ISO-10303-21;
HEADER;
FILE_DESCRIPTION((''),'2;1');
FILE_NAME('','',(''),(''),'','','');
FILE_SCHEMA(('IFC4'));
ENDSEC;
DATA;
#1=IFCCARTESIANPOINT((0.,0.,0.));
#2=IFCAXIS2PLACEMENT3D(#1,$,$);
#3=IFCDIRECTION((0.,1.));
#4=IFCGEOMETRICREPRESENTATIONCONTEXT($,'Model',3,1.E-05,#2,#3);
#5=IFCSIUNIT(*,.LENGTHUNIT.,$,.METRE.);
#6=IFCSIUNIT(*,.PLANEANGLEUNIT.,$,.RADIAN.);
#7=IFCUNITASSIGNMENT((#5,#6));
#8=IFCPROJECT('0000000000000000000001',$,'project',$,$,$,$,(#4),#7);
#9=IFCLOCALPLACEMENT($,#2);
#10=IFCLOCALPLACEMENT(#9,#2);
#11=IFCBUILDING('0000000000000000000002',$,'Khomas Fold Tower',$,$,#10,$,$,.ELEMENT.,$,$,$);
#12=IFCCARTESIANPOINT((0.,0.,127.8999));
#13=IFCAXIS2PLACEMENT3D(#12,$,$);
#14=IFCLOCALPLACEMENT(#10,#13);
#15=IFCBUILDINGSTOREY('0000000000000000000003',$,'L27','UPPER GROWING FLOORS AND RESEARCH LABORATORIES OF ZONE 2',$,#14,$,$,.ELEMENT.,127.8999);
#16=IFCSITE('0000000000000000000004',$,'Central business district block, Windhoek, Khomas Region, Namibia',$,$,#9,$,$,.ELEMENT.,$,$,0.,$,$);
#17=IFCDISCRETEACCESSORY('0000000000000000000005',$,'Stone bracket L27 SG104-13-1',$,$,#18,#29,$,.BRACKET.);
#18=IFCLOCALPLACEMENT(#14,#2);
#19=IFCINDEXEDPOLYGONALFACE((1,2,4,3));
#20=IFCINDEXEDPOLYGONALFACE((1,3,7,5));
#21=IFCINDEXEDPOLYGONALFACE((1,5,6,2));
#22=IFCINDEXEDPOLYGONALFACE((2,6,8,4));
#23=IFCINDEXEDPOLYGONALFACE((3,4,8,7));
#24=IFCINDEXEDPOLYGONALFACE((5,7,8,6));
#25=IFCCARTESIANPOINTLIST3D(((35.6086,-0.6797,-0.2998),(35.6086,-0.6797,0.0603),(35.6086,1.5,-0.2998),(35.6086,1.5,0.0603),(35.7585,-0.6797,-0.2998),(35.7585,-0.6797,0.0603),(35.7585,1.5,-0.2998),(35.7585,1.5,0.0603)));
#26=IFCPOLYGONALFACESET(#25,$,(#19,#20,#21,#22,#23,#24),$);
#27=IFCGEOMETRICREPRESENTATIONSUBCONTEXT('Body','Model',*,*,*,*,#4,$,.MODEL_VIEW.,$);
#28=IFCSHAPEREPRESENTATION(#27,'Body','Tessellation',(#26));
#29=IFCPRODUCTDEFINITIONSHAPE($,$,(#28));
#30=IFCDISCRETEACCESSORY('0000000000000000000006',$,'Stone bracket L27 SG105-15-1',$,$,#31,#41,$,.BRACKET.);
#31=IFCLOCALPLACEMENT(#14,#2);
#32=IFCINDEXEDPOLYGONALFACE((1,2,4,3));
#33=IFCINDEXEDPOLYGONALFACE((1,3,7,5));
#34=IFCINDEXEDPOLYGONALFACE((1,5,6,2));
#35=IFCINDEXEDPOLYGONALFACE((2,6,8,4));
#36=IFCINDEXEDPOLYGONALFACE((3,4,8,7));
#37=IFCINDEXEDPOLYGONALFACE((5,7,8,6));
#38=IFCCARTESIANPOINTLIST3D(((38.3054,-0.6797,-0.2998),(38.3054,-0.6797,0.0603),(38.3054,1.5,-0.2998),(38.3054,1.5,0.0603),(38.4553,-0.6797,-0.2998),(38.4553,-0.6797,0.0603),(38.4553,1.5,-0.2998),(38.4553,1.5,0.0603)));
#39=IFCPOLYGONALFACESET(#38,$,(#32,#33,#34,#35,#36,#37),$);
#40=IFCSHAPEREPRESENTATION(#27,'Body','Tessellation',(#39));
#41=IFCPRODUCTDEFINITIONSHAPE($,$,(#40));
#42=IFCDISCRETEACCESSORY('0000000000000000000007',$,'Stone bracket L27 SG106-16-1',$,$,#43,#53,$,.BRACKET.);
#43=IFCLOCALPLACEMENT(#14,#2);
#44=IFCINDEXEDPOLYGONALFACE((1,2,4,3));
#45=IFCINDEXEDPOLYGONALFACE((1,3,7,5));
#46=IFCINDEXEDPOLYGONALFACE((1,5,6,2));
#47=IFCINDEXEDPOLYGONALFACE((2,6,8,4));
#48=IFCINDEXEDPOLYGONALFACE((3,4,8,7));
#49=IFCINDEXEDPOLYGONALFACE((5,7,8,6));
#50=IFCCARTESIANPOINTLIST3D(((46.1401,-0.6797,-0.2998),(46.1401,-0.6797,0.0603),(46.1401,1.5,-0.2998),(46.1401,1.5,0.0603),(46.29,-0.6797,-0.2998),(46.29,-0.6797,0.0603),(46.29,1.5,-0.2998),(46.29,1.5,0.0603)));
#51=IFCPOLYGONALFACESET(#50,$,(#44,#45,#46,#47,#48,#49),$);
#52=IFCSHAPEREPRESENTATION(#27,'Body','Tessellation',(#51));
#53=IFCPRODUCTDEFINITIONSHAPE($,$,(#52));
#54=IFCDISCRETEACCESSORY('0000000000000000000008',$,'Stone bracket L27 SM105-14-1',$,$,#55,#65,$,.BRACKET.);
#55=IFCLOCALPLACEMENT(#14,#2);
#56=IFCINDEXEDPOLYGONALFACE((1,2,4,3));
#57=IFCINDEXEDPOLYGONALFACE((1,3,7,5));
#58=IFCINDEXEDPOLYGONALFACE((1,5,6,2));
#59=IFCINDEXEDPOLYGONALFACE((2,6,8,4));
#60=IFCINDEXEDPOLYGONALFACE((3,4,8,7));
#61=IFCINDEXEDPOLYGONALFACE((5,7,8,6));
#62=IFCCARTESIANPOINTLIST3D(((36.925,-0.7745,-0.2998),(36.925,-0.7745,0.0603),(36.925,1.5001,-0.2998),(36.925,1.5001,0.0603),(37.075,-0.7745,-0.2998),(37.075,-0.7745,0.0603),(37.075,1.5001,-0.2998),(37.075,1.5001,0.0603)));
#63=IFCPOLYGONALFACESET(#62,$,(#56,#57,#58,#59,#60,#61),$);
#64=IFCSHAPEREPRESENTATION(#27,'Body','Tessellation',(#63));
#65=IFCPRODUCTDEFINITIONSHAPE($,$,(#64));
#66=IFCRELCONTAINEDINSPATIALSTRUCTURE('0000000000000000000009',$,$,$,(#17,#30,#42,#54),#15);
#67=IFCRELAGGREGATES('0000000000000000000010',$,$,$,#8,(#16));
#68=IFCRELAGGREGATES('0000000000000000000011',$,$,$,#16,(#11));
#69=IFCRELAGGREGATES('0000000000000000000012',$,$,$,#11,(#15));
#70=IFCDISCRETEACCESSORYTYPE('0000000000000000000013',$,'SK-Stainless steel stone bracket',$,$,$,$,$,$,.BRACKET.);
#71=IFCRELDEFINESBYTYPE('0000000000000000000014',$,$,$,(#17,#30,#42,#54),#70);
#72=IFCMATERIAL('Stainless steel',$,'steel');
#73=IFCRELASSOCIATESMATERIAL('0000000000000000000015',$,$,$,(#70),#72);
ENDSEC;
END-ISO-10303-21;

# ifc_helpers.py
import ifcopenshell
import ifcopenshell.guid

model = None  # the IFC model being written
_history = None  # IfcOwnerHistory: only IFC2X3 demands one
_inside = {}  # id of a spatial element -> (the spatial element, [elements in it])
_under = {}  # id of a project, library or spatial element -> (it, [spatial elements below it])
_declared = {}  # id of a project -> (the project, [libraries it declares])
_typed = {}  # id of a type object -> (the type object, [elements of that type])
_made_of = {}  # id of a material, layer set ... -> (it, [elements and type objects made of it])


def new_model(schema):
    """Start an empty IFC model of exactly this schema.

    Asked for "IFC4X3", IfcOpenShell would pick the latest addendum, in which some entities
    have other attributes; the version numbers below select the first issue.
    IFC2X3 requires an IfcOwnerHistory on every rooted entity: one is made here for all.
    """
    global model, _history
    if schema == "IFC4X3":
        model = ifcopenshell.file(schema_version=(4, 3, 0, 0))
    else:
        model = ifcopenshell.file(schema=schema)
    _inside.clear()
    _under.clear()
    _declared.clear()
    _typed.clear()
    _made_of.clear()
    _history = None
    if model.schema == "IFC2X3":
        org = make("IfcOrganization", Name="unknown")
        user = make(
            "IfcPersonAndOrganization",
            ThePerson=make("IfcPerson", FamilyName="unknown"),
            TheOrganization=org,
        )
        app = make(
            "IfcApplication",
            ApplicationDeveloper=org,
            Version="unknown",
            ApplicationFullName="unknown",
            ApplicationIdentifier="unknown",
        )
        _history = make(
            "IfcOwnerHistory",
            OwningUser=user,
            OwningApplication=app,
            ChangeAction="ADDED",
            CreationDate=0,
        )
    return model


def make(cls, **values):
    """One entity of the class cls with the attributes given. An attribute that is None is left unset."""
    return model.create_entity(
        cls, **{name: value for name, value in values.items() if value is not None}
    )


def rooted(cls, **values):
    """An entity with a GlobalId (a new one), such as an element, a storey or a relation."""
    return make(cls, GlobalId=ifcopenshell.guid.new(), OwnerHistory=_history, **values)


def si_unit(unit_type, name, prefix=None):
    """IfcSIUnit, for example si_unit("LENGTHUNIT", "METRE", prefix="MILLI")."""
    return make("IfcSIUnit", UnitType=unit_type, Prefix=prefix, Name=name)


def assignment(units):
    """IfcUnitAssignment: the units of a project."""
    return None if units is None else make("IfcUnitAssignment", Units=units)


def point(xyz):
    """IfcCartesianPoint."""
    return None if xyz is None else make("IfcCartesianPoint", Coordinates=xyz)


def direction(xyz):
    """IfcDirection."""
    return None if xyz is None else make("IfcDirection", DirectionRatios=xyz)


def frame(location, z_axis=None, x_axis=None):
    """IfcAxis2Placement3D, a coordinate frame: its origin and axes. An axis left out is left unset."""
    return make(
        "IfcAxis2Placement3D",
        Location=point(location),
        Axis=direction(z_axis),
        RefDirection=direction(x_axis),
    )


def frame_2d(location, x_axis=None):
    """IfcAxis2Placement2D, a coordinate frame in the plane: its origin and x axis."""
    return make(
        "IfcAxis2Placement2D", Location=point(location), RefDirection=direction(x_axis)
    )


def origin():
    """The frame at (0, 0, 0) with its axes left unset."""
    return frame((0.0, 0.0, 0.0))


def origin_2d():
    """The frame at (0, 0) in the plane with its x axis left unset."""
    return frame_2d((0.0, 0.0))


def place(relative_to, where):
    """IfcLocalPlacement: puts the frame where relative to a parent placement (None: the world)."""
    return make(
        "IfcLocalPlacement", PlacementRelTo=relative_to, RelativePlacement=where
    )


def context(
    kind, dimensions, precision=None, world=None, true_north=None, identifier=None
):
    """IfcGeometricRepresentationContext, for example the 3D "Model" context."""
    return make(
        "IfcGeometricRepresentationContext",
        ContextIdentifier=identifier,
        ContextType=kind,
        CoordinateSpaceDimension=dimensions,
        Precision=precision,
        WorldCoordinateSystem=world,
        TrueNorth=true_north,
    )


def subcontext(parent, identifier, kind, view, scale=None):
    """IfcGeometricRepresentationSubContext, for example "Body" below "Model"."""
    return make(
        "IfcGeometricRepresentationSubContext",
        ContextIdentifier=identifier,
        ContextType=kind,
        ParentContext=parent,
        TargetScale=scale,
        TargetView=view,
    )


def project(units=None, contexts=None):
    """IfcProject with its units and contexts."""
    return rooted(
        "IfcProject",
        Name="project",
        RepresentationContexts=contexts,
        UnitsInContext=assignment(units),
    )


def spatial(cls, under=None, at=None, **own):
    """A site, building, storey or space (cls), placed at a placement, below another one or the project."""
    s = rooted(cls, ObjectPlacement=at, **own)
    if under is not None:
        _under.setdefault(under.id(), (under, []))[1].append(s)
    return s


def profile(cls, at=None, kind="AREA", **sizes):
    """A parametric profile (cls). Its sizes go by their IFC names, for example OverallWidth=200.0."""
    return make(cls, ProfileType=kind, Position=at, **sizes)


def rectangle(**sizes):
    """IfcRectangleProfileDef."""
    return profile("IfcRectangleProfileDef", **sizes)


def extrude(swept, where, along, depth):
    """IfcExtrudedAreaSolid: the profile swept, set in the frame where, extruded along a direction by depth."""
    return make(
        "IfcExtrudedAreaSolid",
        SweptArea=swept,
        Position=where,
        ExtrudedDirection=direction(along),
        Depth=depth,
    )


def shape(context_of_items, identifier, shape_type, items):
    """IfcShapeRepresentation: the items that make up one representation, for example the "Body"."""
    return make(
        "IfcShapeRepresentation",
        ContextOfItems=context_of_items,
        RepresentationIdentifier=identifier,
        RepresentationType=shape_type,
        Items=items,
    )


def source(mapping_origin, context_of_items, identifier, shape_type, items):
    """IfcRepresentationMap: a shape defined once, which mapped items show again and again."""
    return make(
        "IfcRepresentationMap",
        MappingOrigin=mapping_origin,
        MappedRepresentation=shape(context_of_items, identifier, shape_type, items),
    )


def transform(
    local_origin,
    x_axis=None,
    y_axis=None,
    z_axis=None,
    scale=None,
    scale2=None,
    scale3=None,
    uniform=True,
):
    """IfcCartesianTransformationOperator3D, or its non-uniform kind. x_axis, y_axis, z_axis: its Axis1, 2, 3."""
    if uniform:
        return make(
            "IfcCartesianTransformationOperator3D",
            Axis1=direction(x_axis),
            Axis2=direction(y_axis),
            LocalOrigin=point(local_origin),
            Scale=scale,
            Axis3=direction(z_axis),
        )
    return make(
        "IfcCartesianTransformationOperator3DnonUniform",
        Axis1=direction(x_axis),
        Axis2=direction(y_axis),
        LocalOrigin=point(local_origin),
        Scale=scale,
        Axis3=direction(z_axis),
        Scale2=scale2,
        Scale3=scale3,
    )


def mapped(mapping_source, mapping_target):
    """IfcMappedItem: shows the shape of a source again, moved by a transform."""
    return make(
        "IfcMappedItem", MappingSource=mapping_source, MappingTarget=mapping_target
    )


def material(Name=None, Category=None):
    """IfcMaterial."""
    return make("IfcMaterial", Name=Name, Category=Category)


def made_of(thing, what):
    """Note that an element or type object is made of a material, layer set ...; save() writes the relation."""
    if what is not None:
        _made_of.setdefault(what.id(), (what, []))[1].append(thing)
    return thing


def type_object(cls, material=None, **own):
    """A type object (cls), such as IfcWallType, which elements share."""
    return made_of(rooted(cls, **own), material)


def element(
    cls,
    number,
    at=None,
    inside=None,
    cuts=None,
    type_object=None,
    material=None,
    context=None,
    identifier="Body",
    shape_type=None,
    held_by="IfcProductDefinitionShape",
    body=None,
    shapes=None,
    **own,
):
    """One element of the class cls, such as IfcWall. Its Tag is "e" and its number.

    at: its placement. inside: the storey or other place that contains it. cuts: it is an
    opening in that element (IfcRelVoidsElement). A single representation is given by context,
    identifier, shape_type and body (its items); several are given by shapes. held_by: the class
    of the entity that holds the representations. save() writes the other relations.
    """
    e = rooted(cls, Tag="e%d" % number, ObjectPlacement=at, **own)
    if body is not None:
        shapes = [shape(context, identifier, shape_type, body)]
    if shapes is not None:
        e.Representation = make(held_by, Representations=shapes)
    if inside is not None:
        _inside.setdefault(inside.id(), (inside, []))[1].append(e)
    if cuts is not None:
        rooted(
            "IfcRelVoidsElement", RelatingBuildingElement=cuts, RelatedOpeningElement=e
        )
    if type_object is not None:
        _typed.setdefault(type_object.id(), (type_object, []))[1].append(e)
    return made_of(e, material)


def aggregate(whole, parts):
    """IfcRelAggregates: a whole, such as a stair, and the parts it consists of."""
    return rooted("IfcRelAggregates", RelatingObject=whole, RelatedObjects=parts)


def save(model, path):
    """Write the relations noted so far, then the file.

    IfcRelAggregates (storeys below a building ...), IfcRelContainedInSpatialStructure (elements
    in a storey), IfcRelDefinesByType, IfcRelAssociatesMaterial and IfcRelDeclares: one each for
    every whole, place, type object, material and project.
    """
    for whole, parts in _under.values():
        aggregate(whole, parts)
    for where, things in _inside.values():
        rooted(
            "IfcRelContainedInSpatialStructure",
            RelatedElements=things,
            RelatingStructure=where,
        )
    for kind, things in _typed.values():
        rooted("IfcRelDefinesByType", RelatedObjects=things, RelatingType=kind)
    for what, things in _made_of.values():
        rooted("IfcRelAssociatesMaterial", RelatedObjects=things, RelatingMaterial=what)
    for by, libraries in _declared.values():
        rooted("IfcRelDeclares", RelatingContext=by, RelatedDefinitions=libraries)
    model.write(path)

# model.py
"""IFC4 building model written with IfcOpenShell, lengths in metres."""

from ifc_helpers import new_model, si_unit, direction, frame, origin, origin_2d, place, context, subcontext, project, spatial, rectangle, extrude, source, transform, mapped, material, type_object, element, save


model = new_model("IFC4")

# Units and contexts
model_context = context("Model", 3, precision=1e-05, world=origin(), true_north=direction((0.0, 1.0)))
body_context = subcontext(model_context, "Body", "Model", "MODEL_VIEW")
ifc_project = project(units=[si_unit("LENGTHUNIT", "METRE"), si_unit("PLANEANGLEUNIT", "RADIAN")], contexts=[model_context])

# Site, building, storey
site_placement = place(None, origin())
site = spatial("IfcSite", under=ifc_project, at=site_placement, Name="Central business district block, Windhoek, Khomas Region, Namibia", CompositionType="ELEMENT", RefElevation=0.0)
building_placement = place(site_placement, origin())
building = spatial("IfcBuilding", under=site, at=building_placement, Name="Khomas Fold Tower", CompositionType="ELEMENT")
storey_placement = place(building_placement, frame((0.0, 0.0, 127.8999)))
storey = spatial("IfcBuildingStorey", under=building, at=storey_placement, Name="L27", Description="UPPER GROWING FLOORS AND RESEARCH LABORATORIES OF ZONE 2", CompositionType="ELEMENT", Elevation=127.8999)

# Discrete accessories
ifc_material_1 = material(Name="Stainless steel", Category="steel")
discrete_accessory_type = type_object("IfcDiscreteAccessoryType", Name="SK-Stainless steel stone bracket", PredefinedType="BRACKET", material=ifc_material_1)
shared_shape_1 = source(origin(), body_context, "Body", "SweptSolid", [
    extrude(rectangle(XDim=2.1797, YDim=0.1499, at=origin_2d()), origin(), (0.0, 0.0, 1.0), 0.3601),
])
for number, where, z_axis, x_axis, name in (
    (1, (35.6836, 0.4102, -0.2998), (0.0, 0.0, 1.0), (0.0, -1.0, 0.0), "Stone bracket L27 SG104-13-1"),
    (2, (38.3804, 0.4102, -0.2998), (0.0, 0.0, 1.0), (0.0, -1.0, 0.0), "Stone bracket L27 SG105-15-1"),
    (3, (46.2151, 0.4102, -0.2998), (0.0, 0.0, 1.0), (0.0, -1.0, 0.0), "Stone bracket L27 SG106-16-1"),
):
    element("IfcDiscreteAccessory", number, at=place(storey_placement, frame(where, z_axis=z_axis, x_axis=x_axis)), inside=storey, type_object=discrete_accessory_type, Name=name, PredefinedType="BRACKET", context=body_context, shape_type="MappedRepresentation", body=[
        mapped(shared_shape_1, transform((0.0, 0.0, 0.0))),
    ])
shared_shape_2 = source(origin(), body_context, "Body", "SweptSolid", [
    extrude(rectangle(XDim=2.2747, YDim=0.1499, at=origin_2d()), origin(), (0.0, 0.0, 1.0), 0.3601),
])
discrete_accessory_placement = place(storey_placement, frame((37.0, 0.3628, -0.2998), z_axis=(0.0, 0.0, 1.0), x_axis=(0.0, -1.0, 0.0)))
element("IfcDiscreteAccessory", 4, at=discrete_accessory_placement, inside=storey, type_object=discrete_accessory_type, Name="Stone bracket L27 SM105-14-1", PredefinedType="BRACKET", context=body_context, shape_type="MappedRepresentation", body=[
    mapped(shared_shape_2, transform((0.0, 0.0, 0.0))),
])

save(model, "model.ifc")
